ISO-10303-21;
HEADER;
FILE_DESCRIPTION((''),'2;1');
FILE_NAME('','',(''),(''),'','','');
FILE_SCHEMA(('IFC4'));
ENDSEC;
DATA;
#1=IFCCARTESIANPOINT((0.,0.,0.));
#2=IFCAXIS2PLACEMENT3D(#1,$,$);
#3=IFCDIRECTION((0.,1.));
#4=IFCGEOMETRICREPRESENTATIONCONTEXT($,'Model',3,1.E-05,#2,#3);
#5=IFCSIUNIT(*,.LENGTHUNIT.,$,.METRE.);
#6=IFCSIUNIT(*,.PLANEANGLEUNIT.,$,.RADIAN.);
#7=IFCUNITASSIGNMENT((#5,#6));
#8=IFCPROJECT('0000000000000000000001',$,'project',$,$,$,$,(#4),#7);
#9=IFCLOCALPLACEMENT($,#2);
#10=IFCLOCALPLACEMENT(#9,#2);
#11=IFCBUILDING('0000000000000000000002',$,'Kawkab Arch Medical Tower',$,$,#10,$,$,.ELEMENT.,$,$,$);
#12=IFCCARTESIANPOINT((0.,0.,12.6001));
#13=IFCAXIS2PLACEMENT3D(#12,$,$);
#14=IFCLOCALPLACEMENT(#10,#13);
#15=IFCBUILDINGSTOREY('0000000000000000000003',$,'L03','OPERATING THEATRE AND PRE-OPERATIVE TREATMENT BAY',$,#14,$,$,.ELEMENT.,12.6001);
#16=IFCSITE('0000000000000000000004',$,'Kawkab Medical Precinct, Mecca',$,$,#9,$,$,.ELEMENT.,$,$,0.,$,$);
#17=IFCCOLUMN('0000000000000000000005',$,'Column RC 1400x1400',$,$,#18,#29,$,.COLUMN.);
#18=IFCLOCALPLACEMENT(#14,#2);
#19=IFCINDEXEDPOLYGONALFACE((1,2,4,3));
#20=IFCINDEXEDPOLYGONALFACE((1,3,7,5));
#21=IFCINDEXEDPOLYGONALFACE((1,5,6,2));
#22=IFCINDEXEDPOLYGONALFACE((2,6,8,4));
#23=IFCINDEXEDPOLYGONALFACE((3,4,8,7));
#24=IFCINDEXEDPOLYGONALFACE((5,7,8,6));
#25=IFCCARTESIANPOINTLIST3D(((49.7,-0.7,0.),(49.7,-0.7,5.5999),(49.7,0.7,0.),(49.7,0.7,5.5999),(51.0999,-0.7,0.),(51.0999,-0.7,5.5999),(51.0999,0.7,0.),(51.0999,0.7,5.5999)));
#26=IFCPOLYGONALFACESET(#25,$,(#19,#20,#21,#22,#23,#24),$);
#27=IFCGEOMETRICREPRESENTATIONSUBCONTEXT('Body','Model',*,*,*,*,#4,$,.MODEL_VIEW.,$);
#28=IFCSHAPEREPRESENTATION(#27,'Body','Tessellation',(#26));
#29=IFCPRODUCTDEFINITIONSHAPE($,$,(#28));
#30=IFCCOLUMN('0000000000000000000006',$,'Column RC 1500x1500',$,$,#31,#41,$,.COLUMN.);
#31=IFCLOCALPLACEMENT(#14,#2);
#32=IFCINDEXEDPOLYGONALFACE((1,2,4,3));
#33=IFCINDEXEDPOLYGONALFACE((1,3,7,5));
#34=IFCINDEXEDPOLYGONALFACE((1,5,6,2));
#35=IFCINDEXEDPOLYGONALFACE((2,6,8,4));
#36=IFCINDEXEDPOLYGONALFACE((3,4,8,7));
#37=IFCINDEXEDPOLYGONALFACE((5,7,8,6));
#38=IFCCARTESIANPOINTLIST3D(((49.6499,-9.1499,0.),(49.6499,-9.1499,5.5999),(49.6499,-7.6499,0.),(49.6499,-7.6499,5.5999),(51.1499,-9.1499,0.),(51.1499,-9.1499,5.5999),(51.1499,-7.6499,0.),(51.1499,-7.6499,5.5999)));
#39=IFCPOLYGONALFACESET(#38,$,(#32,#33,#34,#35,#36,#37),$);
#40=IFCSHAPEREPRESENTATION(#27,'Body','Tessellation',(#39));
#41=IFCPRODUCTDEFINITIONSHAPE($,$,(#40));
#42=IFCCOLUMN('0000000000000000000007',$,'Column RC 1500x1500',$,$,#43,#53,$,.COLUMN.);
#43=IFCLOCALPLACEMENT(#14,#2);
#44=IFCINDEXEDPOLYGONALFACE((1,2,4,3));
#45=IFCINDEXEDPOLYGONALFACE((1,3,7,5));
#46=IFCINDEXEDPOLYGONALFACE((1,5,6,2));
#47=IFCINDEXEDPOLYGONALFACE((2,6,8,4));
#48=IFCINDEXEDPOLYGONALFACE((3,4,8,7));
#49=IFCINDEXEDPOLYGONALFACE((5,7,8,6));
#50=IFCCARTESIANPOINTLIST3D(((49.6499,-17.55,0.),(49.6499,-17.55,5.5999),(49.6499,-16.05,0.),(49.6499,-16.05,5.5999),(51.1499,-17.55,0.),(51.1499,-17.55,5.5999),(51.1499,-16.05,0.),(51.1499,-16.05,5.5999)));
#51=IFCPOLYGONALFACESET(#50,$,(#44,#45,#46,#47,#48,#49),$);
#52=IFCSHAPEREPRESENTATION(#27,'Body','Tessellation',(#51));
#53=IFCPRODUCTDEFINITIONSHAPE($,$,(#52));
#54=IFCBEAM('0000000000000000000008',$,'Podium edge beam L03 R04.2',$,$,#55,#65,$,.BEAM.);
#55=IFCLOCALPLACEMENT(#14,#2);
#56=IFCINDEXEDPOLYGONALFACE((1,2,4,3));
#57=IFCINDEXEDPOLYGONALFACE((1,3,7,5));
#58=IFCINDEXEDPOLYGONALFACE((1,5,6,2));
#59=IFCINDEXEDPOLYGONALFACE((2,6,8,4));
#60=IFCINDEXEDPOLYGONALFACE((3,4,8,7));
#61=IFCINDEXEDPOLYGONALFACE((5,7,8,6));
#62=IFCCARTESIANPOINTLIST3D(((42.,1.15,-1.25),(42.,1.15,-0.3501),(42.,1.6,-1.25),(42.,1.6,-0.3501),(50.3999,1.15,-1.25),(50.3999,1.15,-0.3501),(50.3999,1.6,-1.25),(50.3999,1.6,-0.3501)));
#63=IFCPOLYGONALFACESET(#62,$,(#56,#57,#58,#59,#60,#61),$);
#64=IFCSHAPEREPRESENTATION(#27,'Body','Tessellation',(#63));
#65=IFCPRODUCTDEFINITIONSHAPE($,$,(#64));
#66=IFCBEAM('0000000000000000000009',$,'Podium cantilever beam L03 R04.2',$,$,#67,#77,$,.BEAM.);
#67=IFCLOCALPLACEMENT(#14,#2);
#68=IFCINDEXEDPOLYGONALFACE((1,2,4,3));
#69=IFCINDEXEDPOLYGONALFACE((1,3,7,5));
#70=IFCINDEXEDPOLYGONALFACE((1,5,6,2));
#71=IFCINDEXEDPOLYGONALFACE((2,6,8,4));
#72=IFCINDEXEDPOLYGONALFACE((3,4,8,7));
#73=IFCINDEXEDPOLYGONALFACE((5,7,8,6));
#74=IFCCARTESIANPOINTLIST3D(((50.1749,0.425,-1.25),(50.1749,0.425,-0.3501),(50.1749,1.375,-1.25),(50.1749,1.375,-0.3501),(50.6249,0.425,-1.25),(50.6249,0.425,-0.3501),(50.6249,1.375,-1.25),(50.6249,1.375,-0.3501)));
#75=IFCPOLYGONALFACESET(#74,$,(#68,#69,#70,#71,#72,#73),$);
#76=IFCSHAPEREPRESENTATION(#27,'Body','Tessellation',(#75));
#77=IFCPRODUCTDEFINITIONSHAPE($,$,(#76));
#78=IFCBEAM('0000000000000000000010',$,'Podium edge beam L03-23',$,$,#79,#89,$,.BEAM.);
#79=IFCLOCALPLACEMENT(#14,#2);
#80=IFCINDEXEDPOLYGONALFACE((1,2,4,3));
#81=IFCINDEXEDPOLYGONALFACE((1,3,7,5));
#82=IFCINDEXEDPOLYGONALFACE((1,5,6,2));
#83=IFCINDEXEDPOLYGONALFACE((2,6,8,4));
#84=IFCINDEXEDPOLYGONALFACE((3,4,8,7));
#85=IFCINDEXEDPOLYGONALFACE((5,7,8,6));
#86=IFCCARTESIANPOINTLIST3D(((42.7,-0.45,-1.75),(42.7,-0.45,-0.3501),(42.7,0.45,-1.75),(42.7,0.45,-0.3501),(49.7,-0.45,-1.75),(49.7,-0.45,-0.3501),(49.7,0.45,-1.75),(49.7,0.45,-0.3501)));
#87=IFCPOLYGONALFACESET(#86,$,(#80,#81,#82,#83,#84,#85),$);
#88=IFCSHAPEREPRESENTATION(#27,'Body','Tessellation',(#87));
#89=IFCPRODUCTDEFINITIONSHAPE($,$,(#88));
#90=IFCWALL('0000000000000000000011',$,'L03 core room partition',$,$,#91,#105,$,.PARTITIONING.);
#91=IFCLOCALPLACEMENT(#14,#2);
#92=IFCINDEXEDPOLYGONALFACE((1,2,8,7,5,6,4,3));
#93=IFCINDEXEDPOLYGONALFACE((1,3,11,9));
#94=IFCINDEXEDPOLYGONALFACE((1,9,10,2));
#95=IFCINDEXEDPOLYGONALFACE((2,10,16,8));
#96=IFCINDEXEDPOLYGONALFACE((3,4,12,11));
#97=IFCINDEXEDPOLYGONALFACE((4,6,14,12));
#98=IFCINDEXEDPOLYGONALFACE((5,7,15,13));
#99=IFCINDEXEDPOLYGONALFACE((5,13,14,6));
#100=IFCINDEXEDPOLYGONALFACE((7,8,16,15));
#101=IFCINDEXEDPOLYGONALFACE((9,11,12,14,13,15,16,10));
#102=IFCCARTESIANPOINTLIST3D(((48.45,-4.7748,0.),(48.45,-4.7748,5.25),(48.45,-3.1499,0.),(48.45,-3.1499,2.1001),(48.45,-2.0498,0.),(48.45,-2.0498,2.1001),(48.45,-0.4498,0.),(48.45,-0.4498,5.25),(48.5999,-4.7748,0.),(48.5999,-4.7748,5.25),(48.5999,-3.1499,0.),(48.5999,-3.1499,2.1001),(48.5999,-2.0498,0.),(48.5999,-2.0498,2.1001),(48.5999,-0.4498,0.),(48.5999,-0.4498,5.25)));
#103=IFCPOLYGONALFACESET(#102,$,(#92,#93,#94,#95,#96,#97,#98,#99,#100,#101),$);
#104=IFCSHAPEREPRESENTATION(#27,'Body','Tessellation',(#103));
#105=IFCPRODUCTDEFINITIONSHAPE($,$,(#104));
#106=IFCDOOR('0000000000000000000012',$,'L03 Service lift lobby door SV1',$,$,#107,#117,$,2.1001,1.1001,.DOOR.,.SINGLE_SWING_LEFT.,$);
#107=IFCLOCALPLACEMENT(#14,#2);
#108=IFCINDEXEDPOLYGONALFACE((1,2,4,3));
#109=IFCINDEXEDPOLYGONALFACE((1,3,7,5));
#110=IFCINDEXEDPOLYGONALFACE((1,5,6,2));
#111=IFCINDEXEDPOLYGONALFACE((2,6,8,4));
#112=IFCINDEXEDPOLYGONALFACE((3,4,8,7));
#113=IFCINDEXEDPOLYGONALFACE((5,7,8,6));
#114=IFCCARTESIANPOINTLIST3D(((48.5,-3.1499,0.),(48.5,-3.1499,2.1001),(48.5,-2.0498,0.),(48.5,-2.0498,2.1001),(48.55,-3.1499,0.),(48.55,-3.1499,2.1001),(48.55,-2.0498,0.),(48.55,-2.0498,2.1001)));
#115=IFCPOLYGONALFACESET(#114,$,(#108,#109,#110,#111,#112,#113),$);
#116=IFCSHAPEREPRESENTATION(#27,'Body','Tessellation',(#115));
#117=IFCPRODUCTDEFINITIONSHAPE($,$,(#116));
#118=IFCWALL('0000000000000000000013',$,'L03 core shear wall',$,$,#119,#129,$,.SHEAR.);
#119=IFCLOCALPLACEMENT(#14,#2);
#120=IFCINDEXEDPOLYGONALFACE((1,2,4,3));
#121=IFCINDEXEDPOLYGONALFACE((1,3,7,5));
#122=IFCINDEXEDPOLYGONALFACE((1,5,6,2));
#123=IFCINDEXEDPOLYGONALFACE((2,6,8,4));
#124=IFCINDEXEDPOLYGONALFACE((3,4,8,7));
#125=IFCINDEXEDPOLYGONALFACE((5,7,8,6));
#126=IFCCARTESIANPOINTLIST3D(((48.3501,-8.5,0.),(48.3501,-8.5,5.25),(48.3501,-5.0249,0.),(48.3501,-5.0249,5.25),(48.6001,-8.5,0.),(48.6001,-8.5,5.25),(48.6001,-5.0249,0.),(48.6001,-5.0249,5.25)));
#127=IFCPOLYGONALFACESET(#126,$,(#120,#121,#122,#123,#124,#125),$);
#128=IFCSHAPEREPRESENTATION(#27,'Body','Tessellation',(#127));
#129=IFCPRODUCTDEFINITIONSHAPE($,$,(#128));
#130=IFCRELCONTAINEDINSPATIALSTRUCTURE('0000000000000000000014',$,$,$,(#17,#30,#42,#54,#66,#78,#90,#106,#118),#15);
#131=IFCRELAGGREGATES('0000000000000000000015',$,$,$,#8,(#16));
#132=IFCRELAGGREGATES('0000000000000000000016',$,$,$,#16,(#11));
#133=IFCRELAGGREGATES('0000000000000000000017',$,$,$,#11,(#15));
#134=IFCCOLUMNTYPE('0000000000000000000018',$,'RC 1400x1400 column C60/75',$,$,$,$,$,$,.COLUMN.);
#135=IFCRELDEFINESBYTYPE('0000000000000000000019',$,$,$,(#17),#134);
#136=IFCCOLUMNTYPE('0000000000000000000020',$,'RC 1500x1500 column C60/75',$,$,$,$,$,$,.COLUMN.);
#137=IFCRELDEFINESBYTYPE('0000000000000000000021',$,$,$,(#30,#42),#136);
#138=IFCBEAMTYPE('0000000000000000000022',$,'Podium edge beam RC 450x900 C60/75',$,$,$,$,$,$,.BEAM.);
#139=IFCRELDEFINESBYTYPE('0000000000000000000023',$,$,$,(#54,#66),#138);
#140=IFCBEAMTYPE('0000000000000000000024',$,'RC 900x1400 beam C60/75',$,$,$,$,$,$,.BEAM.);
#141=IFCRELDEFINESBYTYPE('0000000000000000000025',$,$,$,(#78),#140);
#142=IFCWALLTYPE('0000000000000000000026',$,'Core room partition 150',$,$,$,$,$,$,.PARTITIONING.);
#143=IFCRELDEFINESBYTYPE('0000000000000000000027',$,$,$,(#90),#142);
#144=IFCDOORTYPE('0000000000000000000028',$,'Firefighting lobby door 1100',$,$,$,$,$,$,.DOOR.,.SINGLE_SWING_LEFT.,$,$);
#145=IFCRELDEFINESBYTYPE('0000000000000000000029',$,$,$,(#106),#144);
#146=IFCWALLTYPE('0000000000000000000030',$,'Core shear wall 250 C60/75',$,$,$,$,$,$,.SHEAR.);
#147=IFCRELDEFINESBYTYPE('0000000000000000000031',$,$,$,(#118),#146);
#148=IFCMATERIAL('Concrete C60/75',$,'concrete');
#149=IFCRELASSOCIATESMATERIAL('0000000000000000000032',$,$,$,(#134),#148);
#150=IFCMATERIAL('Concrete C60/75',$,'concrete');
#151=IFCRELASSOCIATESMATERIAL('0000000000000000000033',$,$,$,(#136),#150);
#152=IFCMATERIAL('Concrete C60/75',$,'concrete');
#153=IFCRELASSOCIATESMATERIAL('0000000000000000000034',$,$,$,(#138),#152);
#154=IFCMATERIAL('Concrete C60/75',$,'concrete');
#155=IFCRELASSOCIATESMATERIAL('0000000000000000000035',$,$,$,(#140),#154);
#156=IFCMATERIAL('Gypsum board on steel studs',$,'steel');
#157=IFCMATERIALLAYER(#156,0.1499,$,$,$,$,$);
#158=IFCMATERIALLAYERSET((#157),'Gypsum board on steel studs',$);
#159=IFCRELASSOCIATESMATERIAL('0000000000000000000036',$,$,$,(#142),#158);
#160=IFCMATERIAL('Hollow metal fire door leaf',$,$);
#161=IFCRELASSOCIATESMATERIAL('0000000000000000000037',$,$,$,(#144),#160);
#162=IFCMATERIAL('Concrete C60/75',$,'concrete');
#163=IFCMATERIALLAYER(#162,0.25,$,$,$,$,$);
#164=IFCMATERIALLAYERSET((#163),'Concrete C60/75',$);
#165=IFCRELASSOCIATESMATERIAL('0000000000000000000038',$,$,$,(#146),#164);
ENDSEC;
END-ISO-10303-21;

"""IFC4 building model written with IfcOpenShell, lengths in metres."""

from ifc_helpers import new_model, si_unit, direction, frame, frame_2d, origin, origin_2d, place, context, subcontext, project, spatial, rectangle, extrude, material, layer, layer_set, material_profile, profile_set, type_object, element, fill, save


model = new_model("IFC4")

# Units and contexts
model_context = context("Model", 3, precision=1e-05, world=origin(), true_north=direction((0.0, 1.0)))
body_context = subcontext(model_context, "Body", "Model", "MODEL_VIEW")
ifc_project = project(units=[si_unit("LENGTHUNIT", "METRE"), si_unit("PLANEANGLEUNIT", "RADIAN")], contexts=[model_context])

# Site, building, storey
site_placement = place(None, origin())
site = spatial("IfcSite", under=ifc_project, at=site_placement, Name="Kawkab Medical Precinct, Mecca", CompositionType="ELEMENT", RefElevation=0.0)
building_placement = place(site_placement, origin())
building = spatial("IfcBuilding", under=site, at=building_placement, Name="Kawkab Arch Medical Tower", CompositionType="ELEMENT")
storey_placement = place(building_placement, frame((0.0, 0.0, 12.6001)))
storey = spatial("IfcBuildingStorey", under=building, at=storey_placement, Name="L03", Description="OPERATING THEATRE AND PRE-OPERATIVE TREATMENT BAY", CompositionType="ELEMENT", Elevation=12.6001)

# Columns
ifc_material_1 = material(Name="Concrete C60/75", Category="concrete")
ifc_material_profile_1 = material_profile(ifc_material_1, rectangle(XDim=1.3999, YDim=1.3999, at=origin_2d()), Name="RC 1400x1400")
ifc_profile_set_1 = profile_set([ifc_material_profile_1], Name="Concrete C60/75")
column_type_1 = type_object("IfcColumnType", Name="RC 1400x1400 column C60/75", PredefinedType="COLUMN", material=ifc_profile_set_1)
column_placement = place(storey_placement, frame((50.3999, 0.0, 0.0), z_axis=(0.0, 0.0, 1.0), x_axis=(1.0, 0.0, 0.0)))
element("IfcColumn", 1, at=column_placement, inside=storey, type_object=column_type_1, Name="Column RC 1400x1400", PredefinedType="COLUMN", context=body_context, shape_type="SweptSolid", body=[
    extrude(rectangle(XDim=1.3999, YDim=1.3999, at=origin_2d()), origin(), (0.0, 0.0, 1.0), 5.5999),
])
ifc_material_2 = material(Name="Concrete C60/75", Category="concrete")
ifc_material_profile_2 = material_profile(ifc_material_2, rectangle(XDim=1.5, YDim=1.5, at=origin_2d()), Name="RC 1500x1500")
ifc_profile_set_2 = profile_set([ifc_material_profile_2], Name="Concrete C60/75")
column_type_2 = type_object("IfcColumnType", Name="RC 1500x1500 column C60/75", PredefinedType="COLUMN", material=ifc_profile_set_2)
for number, where, z_axis, x_axis, name in (
    (2, (50.3999, -8.3999, 0.0), (0.0, 0.0, 1.0), (1.0, 0.0, 0.0), "Column RC 1500x1500"),
    (3, (50.3999, -16.8, 0.0), (0.0, 0.0, 1.0), (1.0, 0.0, 0.0), "Column RC 1500x1500"),
):
    element("IfcColumn", number, at=place(storey_placement, frame(where, z_axis=z_axis, x_axis=x_axis)), inside=storey, type_object=column_type_2, Name=name, PredefinedType="COLUMN", context=body_context, shape_type="SweptSolid", body=[
        extrude(rectangle(XDim=1.5, YDim=1.5, at=origin_2d()), origin(), (0.0, 0.0, 1.0), 5.5999),
    ])

# Beams
ifc_material_3 = material(Name="Concrete C60/75", Category="concrete")
ifc_material_profile_3 = material_profile(ifc_material_3, rectangle(XDim=0.45, YDim=0.8999, at=origin_2d()), Name="RC 450x900")
ifc_profile_set_3 = profile_set([ifc_material_profile_3], Name="Concrete C60/75")
beam_type_1 = type_object("IfcBeamType", Name="Podium edge beam RC 450x900 C60/75", PredefinedType="BEAM", material=ifc_profile_set_3)
beam_1_placement = place(storey_placement, frame((50.3999, 1.375, -0.8), z_axis=(-1.0, 0.0, 0.0), x_axis=(0.0, -1.0, 0.0)))
element("IfcBeam", 4, at=beam_1_placement, inside=storey, type_object=beam_type_1, Name="Podium edge beam L03 R04.2", PredefinedType="BEAM", context=body_context, shape_type="SweptSolid", body=[
    extrude(rectangle(XDim=0.45, YDim=0.8999, at=origin_2d()), origin(), (0.0, 0.0, 1.0), 8.3999),
])
beam_2_placement = place(storey_placement, frame((50.3999, 0.425, -0.8), z_axis=(0.0, 1.0, 0.0), x_axis=(-1.0, 0.0, 0.0)))
element("IfcBeam", 5, at=beam_2_placement, inside=storey, type_object=beam_type_1, Name="Podium cantilever beam L03 R04.2", PredefinedType="BEAM", context=body_context, shape_type="SweptSolid", body=[
    extrude(rectangle(XDim=0.45, YDim=0.8999, at=origin_2d()), origin(), (0.0, 0.0, 1.0), 0.95),
])
ifc_material_4 = material(Name="Concrete C60/75", Category="concrete")
ifc_material_profile_4 = material_profile(ifc_material_4, rectangle(XDim=0.8999, YDim=1.3999, at=origin_2d()), Name="RC 900x1400")
ifc_profile_set_4 = profile_set([ifc_material_profile_4], Name="Concrete C60/75")
beam_type_2 = type_object("IfcBeamType", Name="RC 900x1400 beam C60/75", PredefinedType="BEAM", material=ifc_profile_set_4)
beam_3_placement = place(storey_placement, frame((49.7, 0.0, -1.05), z_axis=(-1.0, 0.0, 0.0), x_axis=(0.0, -1.0, 0.0)))
element("IfcBeam", 6, at=beam_3_placement, inside=storey, type_object=beam_type_2, Name="Podium edge beam L03-23", PredefinedType="BEAM", context=body_context, shape_type="SweptSolid", body=[
    extrude(rectangle(XDim=0.8999, YDim=1.3999, at=origin_2d()), origin(), (0.0, 0.0, 1.0), 7.0),
])

# Wall, opening, door
ifc_material_5 = material(Name="Gypsum board on steel studs", Category="steel")
ifc_layer_1 = layer(ifc_material_5, 0.1499)
ifc_layer_set_1 = layer_set([ifc_layer_1], Name="Gypsum board on steel studs")
wall_type_1 = type_object("IfcWallType", Name="Core room partition 150", PredefinedType="PARTITIONING", material=ifc_layer_set_1)
wall_1_placement = place(storey_placement, frame((48.5249, -4.7749, 0.0), z_axis=(0.0, 0.0, 1.0), x_axis=(0.0, 1.0, 0.0)))
wall_1 = element("IfcWall", 7, at=wall_1_placement, inside=storey, type_object=wall_type_1, Name="L03 core room partition", PredefinedType="PARTITIONING", context=body_context, shape_type="SweptSolid", body=[
    extrude(rectangle(XDim=4.325, YDim=0.1499, at=frame_2d((2.1626, 0.0))), origin(), (0.0, 0.0, 1.0), 5.25),
])
opening_1_placement = place(wall_1_placement, frame((1.625, 0.0, 0.0)))
opening_1 = element("IfcOpeningElement", 8, at=opening_1_placement, cuts=wall_1, PredefinedType="OPENING", context=body_context, shape_type="SweptSolid", body=[
    extrude(rectangle(XDim=1.1001, YDim=2.1001, at=frame_2d((0.55, 1.05))), frame((0.0, 0.085, 0.0), z_axis=(0.0, -1.0, 0.0), x_axis=(1.0, 0.0, 0.0)), (0.0, 0.0, 1.0), 0.1699),
])
ifc_material_6 = material(Name="Hollow metal fire door leaf")
door_type_1 = type_object("IfcDoorType", Name="Firefighting lobby door 1100", OperationType="SINGLE_SWING_LEFT", PredefinedType="DOOR", material=ifc_material_6)
door_1_placement = place(opening_1_placement, origin())
door_1 = element("IfcDoor", 9, at=door_1_placement, inside=storey, type_object=door_type_1, Name="L03 Service lift lobby door SV1", OperationType="SINGLE_SWING_LEFT", OverallHeight=2.1001, OverallWidth=1.1001, PredefinedType="DOOR", context=body_context, shape_type="SweptSolid", body=[
    extrude(rectangle(XDim=1.1001, YDim=2.1001, at=frame_2d((0.55, 1.05))), frame((0.0, 0.0249, 0.0), z_axis=(0.0, -1.0, 0.0), x_axis=(1.0, 0.0, 0.0)), (0.0, 0.0, 1.0), 0.05),
])
fill(opening_1, door_1)

# Wall
ifc_material_7 = material(Name="Concrete C60/75", Category="concrete")
ifc_layer_2 = layer(ifc_material_7, 0.25)
ifc_layer_set_2 = layer_set([ifc_layer_2], Name="Concrete C60/75")
wall_type_2 = type_object("IfcWallType", Name="Core shear wall 250 C60/75", PredefinedType="SHEAR", material=ifc_layer_set_2)
wall_2_placement = place(storey_placement, frame((48.4751, -8.5, 0.0), z_axis=(0.0, 0.0, 1.0), x_axis=(0.0, 1.0, 0.0)))
element("IfcWall", 10, at=wall_2_placement, inside=storey, type_object=wall_type_2, Name="L03 core shear wall", PredefinedType="SHEAR", context=body_context, shape_type="SweptSolid", body=[
    extrude(rectangle(XDim=3.4751, YDim=0.25, at=frame_2d((1.7375, 0.0))), origin(), (0.0, 0.0, 1.0), 5.25),
])

save(model, "model.ifc")
